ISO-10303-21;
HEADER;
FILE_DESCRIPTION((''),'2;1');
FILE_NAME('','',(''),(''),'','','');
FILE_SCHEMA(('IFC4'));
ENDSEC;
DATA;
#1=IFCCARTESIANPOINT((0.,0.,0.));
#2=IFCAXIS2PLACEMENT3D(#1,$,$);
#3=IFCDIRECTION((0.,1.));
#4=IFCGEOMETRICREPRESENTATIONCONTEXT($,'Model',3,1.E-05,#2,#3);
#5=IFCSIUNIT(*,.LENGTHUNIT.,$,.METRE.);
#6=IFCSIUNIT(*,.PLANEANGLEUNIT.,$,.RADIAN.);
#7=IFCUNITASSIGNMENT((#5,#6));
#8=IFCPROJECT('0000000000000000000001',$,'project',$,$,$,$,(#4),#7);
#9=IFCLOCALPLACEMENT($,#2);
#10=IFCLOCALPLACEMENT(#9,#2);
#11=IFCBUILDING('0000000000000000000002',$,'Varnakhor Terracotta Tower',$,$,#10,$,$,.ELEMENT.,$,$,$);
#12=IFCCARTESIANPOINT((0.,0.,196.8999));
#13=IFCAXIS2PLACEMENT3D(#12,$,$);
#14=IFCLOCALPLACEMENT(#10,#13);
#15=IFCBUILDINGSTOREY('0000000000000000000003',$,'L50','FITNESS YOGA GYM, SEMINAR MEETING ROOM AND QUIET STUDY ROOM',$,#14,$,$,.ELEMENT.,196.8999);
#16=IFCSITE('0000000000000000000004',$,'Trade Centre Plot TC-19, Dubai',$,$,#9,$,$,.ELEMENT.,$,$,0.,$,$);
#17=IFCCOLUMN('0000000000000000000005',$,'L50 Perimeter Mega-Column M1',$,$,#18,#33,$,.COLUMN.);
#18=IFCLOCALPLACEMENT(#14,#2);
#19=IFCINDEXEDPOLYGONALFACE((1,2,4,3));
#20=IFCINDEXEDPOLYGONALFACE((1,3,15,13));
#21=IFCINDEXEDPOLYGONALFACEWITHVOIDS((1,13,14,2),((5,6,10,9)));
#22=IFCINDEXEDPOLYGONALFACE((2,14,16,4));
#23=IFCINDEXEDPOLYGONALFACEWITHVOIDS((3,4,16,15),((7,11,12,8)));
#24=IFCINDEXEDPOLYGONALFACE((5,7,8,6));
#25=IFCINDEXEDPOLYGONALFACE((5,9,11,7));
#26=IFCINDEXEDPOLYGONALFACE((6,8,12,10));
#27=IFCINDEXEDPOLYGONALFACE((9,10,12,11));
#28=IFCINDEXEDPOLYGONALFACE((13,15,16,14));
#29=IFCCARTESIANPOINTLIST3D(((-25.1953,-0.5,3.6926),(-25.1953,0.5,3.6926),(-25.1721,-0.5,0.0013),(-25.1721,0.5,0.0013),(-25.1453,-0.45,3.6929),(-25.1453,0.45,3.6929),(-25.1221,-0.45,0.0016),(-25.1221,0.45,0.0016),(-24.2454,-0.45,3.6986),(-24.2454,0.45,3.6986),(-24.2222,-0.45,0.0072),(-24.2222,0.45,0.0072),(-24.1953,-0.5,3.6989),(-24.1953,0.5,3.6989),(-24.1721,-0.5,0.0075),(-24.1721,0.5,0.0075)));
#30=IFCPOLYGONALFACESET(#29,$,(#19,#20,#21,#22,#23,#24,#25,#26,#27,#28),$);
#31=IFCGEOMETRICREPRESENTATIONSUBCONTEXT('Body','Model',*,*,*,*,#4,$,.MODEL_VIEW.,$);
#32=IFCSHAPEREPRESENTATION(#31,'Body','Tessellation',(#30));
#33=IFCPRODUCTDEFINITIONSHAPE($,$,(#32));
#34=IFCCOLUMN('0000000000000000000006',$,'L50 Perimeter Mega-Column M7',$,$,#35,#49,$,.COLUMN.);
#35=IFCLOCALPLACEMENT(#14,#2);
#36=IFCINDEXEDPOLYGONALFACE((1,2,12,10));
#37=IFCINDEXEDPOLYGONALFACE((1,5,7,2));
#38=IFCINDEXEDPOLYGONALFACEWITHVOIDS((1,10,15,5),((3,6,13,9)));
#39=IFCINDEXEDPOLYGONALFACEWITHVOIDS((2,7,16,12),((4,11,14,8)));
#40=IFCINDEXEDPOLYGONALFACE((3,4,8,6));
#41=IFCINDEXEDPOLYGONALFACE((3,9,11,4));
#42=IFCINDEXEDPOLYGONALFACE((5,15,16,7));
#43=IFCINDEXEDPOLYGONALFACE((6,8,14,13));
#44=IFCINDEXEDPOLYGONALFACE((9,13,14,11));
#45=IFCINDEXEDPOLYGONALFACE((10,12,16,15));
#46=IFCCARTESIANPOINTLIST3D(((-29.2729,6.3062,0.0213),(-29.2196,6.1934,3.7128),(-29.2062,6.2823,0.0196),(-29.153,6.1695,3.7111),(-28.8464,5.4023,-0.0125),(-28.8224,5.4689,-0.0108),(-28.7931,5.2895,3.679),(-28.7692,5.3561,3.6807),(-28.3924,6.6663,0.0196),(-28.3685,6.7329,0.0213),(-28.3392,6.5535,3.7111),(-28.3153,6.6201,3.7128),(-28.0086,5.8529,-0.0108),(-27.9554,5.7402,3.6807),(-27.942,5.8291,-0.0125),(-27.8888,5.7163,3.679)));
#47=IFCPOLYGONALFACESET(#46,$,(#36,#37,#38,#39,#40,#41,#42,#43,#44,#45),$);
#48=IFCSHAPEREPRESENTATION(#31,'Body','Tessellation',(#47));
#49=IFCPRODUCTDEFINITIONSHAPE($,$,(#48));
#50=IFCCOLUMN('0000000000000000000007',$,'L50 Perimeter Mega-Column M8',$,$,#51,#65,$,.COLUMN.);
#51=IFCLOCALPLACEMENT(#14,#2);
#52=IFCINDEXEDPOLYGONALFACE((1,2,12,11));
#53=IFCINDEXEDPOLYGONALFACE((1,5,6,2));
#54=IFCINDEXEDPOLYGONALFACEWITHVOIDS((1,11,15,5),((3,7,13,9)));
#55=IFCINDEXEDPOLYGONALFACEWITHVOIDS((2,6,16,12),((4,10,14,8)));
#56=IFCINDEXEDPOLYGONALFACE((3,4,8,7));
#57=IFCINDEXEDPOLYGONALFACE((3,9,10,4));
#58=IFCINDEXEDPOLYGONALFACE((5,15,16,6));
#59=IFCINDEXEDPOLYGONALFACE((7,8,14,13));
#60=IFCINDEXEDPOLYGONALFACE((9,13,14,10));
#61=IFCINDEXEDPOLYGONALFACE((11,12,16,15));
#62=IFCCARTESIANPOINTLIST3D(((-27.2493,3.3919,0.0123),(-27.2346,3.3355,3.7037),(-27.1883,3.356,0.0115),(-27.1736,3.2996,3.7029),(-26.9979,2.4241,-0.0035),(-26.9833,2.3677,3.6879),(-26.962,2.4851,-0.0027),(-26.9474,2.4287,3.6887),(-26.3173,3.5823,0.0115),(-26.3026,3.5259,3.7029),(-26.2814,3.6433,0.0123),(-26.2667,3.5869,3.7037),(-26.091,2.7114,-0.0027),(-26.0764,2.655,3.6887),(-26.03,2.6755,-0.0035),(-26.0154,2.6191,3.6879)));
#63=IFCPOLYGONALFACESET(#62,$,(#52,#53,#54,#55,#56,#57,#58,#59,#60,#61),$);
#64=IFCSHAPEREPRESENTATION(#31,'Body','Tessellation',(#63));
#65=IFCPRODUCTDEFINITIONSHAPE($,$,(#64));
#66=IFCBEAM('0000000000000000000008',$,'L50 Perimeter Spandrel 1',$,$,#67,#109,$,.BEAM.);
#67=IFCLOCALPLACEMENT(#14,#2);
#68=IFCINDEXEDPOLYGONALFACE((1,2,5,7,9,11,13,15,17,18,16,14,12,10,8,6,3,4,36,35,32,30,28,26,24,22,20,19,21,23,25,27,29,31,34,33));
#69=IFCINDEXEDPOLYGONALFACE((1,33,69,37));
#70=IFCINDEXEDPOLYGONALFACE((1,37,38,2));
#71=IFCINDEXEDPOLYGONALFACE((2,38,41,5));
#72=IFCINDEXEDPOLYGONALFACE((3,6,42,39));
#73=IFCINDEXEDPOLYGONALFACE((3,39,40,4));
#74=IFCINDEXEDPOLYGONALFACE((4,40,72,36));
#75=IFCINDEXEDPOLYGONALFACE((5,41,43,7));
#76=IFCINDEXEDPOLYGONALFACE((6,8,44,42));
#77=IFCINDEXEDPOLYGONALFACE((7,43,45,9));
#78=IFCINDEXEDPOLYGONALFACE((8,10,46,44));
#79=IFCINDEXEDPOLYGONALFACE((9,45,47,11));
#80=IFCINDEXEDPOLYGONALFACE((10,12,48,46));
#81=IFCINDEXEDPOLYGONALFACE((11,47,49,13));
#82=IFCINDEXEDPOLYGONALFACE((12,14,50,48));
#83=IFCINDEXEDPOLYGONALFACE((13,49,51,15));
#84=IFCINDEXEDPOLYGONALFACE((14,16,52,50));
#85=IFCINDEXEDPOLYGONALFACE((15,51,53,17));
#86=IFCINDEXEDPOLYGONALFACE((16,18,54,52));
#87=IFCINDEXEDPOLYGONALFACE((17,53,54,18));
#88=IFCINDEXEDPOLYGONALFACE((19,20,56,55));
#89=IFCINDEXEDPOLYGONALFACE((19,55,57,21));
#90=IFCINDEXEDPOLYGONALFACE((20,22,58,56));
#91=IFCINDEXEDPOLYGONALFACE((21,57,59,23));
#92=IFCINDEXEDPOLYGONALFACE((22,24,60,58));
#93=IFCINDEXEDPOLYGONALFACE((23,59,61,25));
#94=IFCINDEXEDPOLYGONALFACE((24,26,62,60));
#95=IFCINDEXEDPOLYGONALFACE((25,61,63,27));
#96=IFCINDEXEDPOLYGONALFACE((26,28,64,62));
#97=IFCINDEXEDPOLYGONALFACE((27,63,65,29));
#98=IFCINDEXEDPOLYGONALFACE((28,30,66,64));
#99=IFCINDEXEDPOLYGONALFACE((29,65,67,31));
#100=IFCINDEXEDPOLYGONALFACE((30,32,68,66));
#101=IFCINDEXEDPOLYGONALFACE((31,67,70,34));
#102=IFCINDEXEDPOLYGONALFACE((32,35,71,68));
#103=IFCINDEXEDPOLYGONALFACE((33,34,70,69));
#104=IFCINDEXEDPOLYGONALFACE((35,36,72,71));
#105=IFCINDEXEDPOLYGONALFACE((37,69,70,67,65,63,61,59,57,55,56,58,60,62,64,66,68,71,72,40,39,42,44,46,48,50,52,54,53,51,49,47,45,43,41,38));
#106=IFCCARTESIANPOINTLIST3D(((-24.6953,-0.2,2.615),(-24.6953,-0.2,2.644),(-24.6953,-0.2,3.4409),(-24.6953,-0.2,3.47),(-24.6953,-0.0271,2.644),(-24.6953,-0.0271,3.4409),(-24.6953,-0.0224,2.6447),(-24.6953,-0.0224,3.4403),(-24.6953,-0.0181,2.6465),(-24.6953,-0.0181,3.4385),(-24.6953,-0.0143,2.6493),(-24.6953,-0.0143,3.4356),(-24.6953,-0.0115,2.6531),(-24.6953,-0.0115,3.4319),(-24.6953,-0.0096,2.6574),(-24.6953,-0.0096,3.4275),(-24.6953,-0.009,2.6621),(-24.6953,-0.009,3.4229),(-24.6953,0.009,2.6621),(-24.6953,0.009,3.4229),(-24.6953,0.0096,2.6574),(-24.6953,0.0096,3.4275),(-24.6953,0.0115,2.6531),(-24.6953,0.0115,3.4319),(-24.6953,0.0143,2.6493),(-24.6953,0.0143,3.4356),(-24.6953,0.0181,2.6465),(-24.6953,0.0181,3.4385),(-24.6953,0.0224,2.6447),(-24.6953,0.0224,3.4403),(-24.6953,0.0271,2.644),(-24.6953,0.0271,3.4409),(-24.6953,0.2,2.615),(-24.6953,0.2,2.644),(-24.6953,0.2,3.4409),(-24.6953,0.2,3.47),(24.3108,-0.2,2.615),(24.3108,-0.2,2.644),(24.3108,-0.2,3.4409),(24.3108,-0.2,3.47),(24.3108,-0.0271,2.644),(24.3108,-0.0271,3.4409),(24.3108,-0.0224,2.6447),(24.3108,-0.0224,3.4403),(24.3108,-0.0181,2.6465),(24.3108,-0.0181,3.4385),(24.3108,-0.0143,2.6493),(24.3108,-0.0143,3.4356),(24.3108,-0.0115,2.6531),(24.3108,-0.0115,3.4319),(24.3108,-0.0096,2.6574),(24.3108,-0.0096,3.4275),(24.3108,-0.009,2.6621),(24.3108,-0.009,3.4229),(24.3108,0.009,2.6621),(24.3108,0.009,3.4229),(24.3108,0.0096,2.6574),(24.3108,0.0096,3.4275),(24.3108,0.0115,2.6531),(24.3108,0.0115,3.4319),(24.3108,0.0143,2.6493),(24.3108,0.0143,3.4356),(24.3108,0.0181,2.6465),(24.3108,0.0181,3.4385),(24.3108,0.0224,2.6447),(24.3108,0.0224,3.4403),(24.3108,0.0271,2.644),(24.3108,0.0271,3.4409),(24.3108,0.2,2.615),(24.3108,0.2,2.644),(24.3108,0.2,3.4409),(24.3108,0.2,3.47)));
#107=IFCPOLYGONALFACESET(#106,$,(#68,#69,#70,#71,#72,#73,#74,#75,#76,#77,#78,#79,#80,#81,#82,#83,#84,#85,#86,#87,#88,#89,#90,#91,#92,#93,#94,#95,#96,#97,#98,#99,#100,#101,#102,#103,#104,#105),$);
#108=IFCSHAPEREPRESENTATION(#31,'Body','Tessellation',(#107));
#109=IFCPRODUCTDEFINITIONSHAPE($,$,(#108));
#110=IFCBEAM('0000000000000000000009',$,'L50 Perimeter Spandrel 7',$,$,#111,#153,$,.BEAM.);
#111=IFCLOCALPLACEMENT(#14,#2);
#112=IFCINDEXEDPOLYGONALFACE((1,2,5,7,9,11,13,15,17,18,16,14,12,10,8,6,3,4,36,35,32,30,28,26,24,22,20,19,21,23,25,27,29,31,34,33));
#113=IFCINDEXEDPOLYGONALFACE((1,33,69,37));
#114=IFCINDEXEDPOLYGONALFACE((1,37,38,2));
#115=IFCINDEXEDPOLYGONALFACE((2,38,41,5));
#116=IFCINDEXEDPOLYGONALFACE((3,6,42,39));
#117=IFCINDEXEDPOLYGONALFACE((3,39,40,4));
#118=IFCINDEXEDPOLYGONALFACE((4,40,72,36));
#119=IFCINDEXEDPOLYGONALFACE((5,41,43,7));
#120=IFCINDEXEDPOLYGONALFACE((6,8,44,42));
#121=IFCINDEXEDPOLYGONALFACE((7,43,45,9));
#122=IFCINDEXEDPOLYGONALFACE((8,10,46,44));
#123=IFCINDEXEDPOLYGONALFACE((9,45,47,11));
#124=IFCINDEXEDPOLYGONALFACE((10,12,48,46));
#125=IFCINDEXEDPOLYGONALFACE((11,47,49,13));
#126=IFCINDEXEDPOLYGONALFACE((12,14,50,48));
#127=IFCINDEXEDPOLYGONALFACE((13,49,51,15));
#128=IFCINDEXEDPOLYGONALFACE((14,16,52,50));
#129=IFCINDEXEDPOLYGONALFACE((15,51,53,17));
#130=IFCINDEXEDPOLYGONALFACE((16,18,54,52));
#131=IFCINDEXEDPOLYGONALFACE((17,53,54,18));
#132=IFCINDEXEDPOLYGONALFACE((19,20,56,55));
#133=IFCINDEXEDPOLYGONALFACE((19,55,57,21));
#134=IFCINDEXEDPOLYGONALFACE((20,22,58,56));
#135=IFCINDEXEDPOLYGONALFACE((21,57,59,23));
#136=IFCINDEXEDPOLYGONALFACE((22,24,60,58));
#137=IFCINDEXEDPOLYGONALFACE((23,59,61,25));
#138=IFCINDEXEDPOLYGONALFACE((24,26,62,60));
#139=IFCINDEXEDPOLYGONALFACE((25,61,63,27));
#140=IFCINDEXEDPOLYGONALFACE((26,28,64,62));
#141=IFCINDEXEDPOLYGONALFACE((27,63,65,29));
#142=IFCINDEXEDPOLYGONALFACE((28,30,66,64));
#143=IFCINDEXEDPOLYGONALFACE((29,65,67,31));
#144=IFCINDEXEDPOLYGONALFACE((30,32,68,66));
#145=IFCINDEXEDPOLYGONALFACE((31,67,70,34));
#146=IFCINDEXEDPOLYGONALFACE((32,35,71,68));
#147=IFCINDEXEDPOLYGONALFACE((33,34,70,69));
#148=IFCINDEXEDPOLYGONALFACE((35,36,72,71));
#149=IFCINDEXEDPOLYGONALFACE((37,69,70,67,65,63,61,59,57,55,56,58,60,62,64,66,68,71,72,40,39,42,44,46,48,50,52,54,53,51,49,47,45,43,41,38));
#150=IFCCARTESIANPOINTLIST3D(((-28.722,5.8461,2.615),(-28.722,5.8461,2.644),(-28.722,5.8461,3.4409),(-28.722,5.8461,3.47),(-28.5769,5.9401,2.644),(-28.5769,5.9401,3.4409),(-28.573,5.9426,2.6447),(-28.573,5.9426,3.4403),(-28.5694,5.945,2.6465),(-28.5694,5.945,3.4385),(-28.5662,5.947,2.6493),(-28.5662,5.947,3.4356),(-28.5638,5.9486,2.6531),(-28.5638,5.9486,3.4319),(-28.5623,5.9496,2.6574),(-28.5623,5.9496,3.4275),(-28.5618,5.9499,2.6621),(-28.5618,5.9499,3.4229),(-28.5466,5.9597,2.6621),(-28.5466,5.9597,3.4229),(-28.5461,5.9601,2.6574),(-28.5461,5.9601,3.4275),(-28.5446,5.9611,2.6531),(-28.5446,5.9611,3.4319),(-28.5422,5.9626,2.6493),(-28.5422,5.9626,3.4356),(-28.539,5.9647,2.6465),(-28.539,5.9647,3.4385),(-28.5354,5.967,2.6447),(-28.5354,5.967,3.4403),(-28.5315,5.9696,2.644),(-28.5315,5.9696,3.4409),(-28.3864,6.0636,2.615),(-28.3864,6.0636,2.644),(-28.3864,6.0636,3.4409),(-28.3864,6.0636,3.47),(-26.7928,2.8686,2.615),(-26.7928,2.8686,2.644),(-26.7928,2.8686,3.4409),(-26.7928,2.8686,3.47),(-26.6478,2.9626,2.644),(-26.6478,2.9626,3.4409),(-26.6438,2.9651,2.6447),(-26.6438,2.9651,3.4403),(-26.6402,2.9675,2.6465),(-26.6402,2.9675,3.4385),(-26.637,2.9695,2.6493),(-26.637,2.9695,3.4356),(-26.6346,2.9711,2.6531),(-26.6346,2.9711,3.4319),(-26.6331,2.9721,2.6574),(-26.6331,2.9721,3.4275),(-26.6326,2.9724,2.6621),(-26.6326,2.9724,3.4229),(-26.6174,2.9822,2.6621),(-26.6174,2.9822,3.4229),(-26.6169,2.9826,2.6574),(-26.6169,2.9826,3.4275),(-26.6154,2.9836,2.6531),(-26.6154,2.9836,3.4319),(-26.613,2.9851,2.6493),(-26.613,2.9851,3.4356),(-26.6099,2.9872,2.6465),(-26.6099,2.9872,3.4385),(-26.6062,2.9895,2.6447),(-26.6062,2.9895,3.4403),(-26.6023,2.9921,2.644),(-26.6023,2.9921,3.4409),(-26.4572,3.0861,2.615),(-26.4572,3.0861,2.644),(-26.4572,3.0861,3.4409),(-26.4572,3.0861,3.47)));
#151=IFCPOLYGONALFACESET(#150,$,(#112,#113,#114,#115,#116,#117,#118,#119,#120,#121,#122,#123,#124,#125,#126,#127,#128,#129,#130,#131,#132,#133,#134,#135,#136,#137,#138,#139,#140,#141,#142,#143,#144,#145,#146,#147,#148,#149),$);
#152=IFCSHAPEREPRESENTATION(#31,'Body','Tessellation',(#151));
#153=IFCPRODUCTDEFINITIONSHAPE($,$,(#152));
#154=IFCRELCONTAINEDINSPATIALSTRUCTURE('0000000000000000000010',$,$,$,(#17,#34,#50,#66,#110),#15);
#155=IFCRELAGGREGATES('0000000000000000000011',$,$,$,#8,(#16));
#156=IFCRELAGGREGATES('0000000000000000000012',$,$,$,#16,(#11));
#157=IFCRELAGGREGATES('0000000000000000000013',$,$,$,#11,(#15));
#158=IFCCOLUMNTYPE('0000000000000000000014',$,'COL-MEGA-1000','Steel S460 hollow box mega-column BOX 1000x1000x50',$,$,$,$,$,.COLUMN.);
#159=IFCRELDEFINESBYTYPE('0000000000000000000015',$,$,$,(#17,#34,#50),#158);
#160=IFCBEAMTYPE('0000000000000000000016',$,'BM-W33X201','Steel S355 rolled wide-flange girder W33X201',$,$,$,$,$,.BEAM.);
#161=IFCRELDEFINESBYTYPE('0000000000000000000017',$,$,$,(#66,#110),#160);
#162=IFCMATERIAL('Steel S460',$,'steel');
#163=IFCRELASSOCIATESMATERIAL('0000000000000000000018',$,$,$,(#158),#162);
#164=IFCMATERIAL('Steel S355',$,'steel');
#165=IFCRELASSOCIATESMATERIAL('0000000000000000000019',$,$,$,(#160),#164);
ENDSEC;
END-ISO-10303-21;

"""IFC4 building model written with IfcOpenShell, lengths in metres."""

from ifc_helpers import new_model, si_unit, direction, frame, origin, origin_2d, place, context, subcontext, project, spatial, hollow_rectangle, i_section, extrude, source, transform, mapped, material, material_profile, profile_set, type_object, type_shapes, element, save


model = new_model("IFC4")

# Units and contexts
model_context = context("Model", 3, precision=1e-05, world=origin(), true_north=direction((0.0, 1.0)))
body_context = subcontext(model_context, "Body", "Model", "MODEL_VIEW")
ifc_project = project(units=[si_unit("LENGTHUNIT", "METRE"), si_unit("PLANEANGLEUNIT", "RADIAN")], contexts=[model_context])

# Site, building, storey
site_placement = place(None, origin())
site = spatial("IfcSite", under=ifc_project, at=site_placement, Name="Trade Centre Plot TC-19, Dubai", CompositionType="ELEMENT", RefElevation=0.0)
building_placement = place(site_placement, origin())
building = spatial("IfcBuilding", under=site, at=building_placement, Name="Varnakhor Terracotta Tower", CompositionType="ELEMENT")
storey_placement = place(building_placement, frame((0.0, 0.0, 196.8999)))
storey = spatial("IfcBuildingStorey", under=building, at=storey_placement, Name="L50", Description="FITNESS YOGA GYM, SEMINAR MEETING ROOM AND QUIET STUDY ROOM", CompositionType="ELEMENT", Elevation=196.8999)

# Columns
ifc_material_1 = material(Name="Steel S460", Category="steel")
ifc_material_profile_1 = material_profile(ifc_material_1, hollow_rectangle(XDim=1.0, YDim=1.0, WallThickness=0.05, at=origin_2d()), Name="BOX 1000x1000x50")
ifc_profile_set_1 = profile_set([ifc_material_profile_1], Name="Steel S460")
column_type = type_object("IfcColumnType", Name="COL-MEGA-1000", Description="Steel S460 hollow box mega-column BOX 1000x1000x50", PredefinedType="COLUMN", material=ifc_profile_set_1)
shared_shape_1 = source(origin(), body_context, "Body", "SweptSolid", [
    extrude(hollow_rectangle(XDim=1.0, YDim=1.0, WallThickness=0.05, at=origin_2d()), origin(), (0.0, 0.0, 1.0), 3.6914),
])
type_shapes(column_type, [shared_shape_1])
column_1_placement = place(storey_placement, frame((-24.6721, 0.0, 0.0044), z_axis=(-0.006283, 0.0, 0.99998), x_axis=(0.0, -1.0, 0.0)))
element("IfcColumn", 1, at=column_1_placement, inside=storey, type_object=column_type, Name="L50 Perimeter Mega-Column M1", PredefinedType="COLUMN", context=body_context, shape_type="MappedRepresentation", body=[
    mapped(shared_shape_1, transform((0.0, 0.0, 0.0), scale=1.0)),
])
shared_shape_2 = source(origin(), body_context, "Body", "SweptSolid", [
    extrude(hollow_rectangle(XDim=1.0, YDim=1.0, WallThickness=0.05, at=origin_2d()), origin(), (0.0, 0.0, 1.0), 3.6936),
])
column_2_placement = place(storey_placement, frame((-28.6074, 6.0676, 0.0044), z_axis=(0.01441, -0.030538, 0.99943), x_axis=(0.904375, 0.42674, 0.0)))
element("IfcColumn", 2, at=column_2_placement, inside=storey, type_object=column_type, Name="L50 Perimeter Mega-Column M7", PredefinedType="COLUMN", context=body_context, shape_type="MappedRepresentation", body=[
    mapped(shared_shape_2, transform((0.0, 0.0, 0.0), scale=1.0)),
])
shared_shape_3 = source(origin(), body_context, "Body", "SweptSolid", [
    extrude(hollow_rectangle(XDim=1.0, YDim=1.0, WallThickness=0.05, at=origin_2d()), origin(), (0.0, 0.0, 1.0), 3.6919),
])
column_3_placement = place(storey_placement, frame((-26.6396, 3.0337, 0.0044), z_axis=(0.003968, -0.015276, 0.999875), x_axis=(0.967884, 0.251398, 0.0)))
element("IfcColumn", 3, at=column_3_placement, inside=storey, type_object=column_type, Name="L50 Perimeter Mega-Column M8", PredefinedType="COLUMN", context=body_context, shape_type="MappedRepresentation", body=[
    mapped(shared_shape_3, transform((0.0, 0.0, 0.0), scale=1.0)),
])

# Beams
ifc_material_2 = material(Name="Steel S355", Category="steel")
ifc_material_profile_2 = material_profile(ifc_material_2, i_section(OverallWidth=0.3999, OverallDepth=0.855, WebThickness=0.0181, FlangeThickness=0.0291, FilletRadius=0.0181, at=origin_2d()), Name="W33X201")
ifc_profile_set_2 = profile_set([ifc_material_profile_2], Name="Steel S355")
beam_type_1 = type_object("IfcBeamType", Name="BM-W33X201", Description="Steel S355 rolled wide-flange girder W33X201", PredefinedType="BEAM", material=ifc_profile_set_2)
shared_shape_4 = source(origin(), body_context, "Body", "SweptSolid", [
    extrude(i_section(OverallWidth=0.3999, OverallDepth=0.855, WebThickness=0.0181, FlangeThickness=0.0291, FilletRadius=0.0181, at=origin_2d()), origin(), (0.0, 0.0, 1.0), 49.0061),
])
beam_1_placement = place(storey_placement, frame((-24.6953, 0.0, 3.0425), z_axis=(1.0, 0.0, 0.0), x_axis=(0.0, 1.0, 0.0)))
element("IfcBeam", 4, at=beam_1_placement, inside=storey, type_object=beam_type_1, Name="L50 Perimeter Spandrel 1", PredefinedType="BEAM", context=body_context, shape_type="MappedRepresentation", body=[
    mapped(shared_shape_4, transform((0.0, 0.0, 0.0), scale=1.0)),
])
shared_shape_5 = source(origin(), body_context, "Body", "SweptSolid", [
    extrude(i_section(OverallWidth=0.3999, OverallDepth=0.855, WebThickness=0.0181, FlangeThickness=0.0291, FilletRadius=0.0181, at=origin_2d()), origin(), (0.0, 0.0, 1.0), 3.5479),
])
for number, where, z_axis, x_axis, name in (
    (5, (-28.5542, 5.9548, 3.0425), (0.543759, -0.839241, 0.0), (0.839241, 0.543759, 0.0), "L50 Perimeter Spandrel 7"),
):
    element("IfcBeam", number, at=place(storey_placement, frame(where, z_axis=z_axis, x_axis=x_axis)), inside=storey, type_object=beam_type_1, Name=name, PredefinedType="BEAM", context=body_context, shape_type="MappedRepresentation", body=[
        mapped(shared_shape_5, transform((0.0, 0.0, 0.0), scale=1.0)),
    ])

save(model, "model.ifc")
